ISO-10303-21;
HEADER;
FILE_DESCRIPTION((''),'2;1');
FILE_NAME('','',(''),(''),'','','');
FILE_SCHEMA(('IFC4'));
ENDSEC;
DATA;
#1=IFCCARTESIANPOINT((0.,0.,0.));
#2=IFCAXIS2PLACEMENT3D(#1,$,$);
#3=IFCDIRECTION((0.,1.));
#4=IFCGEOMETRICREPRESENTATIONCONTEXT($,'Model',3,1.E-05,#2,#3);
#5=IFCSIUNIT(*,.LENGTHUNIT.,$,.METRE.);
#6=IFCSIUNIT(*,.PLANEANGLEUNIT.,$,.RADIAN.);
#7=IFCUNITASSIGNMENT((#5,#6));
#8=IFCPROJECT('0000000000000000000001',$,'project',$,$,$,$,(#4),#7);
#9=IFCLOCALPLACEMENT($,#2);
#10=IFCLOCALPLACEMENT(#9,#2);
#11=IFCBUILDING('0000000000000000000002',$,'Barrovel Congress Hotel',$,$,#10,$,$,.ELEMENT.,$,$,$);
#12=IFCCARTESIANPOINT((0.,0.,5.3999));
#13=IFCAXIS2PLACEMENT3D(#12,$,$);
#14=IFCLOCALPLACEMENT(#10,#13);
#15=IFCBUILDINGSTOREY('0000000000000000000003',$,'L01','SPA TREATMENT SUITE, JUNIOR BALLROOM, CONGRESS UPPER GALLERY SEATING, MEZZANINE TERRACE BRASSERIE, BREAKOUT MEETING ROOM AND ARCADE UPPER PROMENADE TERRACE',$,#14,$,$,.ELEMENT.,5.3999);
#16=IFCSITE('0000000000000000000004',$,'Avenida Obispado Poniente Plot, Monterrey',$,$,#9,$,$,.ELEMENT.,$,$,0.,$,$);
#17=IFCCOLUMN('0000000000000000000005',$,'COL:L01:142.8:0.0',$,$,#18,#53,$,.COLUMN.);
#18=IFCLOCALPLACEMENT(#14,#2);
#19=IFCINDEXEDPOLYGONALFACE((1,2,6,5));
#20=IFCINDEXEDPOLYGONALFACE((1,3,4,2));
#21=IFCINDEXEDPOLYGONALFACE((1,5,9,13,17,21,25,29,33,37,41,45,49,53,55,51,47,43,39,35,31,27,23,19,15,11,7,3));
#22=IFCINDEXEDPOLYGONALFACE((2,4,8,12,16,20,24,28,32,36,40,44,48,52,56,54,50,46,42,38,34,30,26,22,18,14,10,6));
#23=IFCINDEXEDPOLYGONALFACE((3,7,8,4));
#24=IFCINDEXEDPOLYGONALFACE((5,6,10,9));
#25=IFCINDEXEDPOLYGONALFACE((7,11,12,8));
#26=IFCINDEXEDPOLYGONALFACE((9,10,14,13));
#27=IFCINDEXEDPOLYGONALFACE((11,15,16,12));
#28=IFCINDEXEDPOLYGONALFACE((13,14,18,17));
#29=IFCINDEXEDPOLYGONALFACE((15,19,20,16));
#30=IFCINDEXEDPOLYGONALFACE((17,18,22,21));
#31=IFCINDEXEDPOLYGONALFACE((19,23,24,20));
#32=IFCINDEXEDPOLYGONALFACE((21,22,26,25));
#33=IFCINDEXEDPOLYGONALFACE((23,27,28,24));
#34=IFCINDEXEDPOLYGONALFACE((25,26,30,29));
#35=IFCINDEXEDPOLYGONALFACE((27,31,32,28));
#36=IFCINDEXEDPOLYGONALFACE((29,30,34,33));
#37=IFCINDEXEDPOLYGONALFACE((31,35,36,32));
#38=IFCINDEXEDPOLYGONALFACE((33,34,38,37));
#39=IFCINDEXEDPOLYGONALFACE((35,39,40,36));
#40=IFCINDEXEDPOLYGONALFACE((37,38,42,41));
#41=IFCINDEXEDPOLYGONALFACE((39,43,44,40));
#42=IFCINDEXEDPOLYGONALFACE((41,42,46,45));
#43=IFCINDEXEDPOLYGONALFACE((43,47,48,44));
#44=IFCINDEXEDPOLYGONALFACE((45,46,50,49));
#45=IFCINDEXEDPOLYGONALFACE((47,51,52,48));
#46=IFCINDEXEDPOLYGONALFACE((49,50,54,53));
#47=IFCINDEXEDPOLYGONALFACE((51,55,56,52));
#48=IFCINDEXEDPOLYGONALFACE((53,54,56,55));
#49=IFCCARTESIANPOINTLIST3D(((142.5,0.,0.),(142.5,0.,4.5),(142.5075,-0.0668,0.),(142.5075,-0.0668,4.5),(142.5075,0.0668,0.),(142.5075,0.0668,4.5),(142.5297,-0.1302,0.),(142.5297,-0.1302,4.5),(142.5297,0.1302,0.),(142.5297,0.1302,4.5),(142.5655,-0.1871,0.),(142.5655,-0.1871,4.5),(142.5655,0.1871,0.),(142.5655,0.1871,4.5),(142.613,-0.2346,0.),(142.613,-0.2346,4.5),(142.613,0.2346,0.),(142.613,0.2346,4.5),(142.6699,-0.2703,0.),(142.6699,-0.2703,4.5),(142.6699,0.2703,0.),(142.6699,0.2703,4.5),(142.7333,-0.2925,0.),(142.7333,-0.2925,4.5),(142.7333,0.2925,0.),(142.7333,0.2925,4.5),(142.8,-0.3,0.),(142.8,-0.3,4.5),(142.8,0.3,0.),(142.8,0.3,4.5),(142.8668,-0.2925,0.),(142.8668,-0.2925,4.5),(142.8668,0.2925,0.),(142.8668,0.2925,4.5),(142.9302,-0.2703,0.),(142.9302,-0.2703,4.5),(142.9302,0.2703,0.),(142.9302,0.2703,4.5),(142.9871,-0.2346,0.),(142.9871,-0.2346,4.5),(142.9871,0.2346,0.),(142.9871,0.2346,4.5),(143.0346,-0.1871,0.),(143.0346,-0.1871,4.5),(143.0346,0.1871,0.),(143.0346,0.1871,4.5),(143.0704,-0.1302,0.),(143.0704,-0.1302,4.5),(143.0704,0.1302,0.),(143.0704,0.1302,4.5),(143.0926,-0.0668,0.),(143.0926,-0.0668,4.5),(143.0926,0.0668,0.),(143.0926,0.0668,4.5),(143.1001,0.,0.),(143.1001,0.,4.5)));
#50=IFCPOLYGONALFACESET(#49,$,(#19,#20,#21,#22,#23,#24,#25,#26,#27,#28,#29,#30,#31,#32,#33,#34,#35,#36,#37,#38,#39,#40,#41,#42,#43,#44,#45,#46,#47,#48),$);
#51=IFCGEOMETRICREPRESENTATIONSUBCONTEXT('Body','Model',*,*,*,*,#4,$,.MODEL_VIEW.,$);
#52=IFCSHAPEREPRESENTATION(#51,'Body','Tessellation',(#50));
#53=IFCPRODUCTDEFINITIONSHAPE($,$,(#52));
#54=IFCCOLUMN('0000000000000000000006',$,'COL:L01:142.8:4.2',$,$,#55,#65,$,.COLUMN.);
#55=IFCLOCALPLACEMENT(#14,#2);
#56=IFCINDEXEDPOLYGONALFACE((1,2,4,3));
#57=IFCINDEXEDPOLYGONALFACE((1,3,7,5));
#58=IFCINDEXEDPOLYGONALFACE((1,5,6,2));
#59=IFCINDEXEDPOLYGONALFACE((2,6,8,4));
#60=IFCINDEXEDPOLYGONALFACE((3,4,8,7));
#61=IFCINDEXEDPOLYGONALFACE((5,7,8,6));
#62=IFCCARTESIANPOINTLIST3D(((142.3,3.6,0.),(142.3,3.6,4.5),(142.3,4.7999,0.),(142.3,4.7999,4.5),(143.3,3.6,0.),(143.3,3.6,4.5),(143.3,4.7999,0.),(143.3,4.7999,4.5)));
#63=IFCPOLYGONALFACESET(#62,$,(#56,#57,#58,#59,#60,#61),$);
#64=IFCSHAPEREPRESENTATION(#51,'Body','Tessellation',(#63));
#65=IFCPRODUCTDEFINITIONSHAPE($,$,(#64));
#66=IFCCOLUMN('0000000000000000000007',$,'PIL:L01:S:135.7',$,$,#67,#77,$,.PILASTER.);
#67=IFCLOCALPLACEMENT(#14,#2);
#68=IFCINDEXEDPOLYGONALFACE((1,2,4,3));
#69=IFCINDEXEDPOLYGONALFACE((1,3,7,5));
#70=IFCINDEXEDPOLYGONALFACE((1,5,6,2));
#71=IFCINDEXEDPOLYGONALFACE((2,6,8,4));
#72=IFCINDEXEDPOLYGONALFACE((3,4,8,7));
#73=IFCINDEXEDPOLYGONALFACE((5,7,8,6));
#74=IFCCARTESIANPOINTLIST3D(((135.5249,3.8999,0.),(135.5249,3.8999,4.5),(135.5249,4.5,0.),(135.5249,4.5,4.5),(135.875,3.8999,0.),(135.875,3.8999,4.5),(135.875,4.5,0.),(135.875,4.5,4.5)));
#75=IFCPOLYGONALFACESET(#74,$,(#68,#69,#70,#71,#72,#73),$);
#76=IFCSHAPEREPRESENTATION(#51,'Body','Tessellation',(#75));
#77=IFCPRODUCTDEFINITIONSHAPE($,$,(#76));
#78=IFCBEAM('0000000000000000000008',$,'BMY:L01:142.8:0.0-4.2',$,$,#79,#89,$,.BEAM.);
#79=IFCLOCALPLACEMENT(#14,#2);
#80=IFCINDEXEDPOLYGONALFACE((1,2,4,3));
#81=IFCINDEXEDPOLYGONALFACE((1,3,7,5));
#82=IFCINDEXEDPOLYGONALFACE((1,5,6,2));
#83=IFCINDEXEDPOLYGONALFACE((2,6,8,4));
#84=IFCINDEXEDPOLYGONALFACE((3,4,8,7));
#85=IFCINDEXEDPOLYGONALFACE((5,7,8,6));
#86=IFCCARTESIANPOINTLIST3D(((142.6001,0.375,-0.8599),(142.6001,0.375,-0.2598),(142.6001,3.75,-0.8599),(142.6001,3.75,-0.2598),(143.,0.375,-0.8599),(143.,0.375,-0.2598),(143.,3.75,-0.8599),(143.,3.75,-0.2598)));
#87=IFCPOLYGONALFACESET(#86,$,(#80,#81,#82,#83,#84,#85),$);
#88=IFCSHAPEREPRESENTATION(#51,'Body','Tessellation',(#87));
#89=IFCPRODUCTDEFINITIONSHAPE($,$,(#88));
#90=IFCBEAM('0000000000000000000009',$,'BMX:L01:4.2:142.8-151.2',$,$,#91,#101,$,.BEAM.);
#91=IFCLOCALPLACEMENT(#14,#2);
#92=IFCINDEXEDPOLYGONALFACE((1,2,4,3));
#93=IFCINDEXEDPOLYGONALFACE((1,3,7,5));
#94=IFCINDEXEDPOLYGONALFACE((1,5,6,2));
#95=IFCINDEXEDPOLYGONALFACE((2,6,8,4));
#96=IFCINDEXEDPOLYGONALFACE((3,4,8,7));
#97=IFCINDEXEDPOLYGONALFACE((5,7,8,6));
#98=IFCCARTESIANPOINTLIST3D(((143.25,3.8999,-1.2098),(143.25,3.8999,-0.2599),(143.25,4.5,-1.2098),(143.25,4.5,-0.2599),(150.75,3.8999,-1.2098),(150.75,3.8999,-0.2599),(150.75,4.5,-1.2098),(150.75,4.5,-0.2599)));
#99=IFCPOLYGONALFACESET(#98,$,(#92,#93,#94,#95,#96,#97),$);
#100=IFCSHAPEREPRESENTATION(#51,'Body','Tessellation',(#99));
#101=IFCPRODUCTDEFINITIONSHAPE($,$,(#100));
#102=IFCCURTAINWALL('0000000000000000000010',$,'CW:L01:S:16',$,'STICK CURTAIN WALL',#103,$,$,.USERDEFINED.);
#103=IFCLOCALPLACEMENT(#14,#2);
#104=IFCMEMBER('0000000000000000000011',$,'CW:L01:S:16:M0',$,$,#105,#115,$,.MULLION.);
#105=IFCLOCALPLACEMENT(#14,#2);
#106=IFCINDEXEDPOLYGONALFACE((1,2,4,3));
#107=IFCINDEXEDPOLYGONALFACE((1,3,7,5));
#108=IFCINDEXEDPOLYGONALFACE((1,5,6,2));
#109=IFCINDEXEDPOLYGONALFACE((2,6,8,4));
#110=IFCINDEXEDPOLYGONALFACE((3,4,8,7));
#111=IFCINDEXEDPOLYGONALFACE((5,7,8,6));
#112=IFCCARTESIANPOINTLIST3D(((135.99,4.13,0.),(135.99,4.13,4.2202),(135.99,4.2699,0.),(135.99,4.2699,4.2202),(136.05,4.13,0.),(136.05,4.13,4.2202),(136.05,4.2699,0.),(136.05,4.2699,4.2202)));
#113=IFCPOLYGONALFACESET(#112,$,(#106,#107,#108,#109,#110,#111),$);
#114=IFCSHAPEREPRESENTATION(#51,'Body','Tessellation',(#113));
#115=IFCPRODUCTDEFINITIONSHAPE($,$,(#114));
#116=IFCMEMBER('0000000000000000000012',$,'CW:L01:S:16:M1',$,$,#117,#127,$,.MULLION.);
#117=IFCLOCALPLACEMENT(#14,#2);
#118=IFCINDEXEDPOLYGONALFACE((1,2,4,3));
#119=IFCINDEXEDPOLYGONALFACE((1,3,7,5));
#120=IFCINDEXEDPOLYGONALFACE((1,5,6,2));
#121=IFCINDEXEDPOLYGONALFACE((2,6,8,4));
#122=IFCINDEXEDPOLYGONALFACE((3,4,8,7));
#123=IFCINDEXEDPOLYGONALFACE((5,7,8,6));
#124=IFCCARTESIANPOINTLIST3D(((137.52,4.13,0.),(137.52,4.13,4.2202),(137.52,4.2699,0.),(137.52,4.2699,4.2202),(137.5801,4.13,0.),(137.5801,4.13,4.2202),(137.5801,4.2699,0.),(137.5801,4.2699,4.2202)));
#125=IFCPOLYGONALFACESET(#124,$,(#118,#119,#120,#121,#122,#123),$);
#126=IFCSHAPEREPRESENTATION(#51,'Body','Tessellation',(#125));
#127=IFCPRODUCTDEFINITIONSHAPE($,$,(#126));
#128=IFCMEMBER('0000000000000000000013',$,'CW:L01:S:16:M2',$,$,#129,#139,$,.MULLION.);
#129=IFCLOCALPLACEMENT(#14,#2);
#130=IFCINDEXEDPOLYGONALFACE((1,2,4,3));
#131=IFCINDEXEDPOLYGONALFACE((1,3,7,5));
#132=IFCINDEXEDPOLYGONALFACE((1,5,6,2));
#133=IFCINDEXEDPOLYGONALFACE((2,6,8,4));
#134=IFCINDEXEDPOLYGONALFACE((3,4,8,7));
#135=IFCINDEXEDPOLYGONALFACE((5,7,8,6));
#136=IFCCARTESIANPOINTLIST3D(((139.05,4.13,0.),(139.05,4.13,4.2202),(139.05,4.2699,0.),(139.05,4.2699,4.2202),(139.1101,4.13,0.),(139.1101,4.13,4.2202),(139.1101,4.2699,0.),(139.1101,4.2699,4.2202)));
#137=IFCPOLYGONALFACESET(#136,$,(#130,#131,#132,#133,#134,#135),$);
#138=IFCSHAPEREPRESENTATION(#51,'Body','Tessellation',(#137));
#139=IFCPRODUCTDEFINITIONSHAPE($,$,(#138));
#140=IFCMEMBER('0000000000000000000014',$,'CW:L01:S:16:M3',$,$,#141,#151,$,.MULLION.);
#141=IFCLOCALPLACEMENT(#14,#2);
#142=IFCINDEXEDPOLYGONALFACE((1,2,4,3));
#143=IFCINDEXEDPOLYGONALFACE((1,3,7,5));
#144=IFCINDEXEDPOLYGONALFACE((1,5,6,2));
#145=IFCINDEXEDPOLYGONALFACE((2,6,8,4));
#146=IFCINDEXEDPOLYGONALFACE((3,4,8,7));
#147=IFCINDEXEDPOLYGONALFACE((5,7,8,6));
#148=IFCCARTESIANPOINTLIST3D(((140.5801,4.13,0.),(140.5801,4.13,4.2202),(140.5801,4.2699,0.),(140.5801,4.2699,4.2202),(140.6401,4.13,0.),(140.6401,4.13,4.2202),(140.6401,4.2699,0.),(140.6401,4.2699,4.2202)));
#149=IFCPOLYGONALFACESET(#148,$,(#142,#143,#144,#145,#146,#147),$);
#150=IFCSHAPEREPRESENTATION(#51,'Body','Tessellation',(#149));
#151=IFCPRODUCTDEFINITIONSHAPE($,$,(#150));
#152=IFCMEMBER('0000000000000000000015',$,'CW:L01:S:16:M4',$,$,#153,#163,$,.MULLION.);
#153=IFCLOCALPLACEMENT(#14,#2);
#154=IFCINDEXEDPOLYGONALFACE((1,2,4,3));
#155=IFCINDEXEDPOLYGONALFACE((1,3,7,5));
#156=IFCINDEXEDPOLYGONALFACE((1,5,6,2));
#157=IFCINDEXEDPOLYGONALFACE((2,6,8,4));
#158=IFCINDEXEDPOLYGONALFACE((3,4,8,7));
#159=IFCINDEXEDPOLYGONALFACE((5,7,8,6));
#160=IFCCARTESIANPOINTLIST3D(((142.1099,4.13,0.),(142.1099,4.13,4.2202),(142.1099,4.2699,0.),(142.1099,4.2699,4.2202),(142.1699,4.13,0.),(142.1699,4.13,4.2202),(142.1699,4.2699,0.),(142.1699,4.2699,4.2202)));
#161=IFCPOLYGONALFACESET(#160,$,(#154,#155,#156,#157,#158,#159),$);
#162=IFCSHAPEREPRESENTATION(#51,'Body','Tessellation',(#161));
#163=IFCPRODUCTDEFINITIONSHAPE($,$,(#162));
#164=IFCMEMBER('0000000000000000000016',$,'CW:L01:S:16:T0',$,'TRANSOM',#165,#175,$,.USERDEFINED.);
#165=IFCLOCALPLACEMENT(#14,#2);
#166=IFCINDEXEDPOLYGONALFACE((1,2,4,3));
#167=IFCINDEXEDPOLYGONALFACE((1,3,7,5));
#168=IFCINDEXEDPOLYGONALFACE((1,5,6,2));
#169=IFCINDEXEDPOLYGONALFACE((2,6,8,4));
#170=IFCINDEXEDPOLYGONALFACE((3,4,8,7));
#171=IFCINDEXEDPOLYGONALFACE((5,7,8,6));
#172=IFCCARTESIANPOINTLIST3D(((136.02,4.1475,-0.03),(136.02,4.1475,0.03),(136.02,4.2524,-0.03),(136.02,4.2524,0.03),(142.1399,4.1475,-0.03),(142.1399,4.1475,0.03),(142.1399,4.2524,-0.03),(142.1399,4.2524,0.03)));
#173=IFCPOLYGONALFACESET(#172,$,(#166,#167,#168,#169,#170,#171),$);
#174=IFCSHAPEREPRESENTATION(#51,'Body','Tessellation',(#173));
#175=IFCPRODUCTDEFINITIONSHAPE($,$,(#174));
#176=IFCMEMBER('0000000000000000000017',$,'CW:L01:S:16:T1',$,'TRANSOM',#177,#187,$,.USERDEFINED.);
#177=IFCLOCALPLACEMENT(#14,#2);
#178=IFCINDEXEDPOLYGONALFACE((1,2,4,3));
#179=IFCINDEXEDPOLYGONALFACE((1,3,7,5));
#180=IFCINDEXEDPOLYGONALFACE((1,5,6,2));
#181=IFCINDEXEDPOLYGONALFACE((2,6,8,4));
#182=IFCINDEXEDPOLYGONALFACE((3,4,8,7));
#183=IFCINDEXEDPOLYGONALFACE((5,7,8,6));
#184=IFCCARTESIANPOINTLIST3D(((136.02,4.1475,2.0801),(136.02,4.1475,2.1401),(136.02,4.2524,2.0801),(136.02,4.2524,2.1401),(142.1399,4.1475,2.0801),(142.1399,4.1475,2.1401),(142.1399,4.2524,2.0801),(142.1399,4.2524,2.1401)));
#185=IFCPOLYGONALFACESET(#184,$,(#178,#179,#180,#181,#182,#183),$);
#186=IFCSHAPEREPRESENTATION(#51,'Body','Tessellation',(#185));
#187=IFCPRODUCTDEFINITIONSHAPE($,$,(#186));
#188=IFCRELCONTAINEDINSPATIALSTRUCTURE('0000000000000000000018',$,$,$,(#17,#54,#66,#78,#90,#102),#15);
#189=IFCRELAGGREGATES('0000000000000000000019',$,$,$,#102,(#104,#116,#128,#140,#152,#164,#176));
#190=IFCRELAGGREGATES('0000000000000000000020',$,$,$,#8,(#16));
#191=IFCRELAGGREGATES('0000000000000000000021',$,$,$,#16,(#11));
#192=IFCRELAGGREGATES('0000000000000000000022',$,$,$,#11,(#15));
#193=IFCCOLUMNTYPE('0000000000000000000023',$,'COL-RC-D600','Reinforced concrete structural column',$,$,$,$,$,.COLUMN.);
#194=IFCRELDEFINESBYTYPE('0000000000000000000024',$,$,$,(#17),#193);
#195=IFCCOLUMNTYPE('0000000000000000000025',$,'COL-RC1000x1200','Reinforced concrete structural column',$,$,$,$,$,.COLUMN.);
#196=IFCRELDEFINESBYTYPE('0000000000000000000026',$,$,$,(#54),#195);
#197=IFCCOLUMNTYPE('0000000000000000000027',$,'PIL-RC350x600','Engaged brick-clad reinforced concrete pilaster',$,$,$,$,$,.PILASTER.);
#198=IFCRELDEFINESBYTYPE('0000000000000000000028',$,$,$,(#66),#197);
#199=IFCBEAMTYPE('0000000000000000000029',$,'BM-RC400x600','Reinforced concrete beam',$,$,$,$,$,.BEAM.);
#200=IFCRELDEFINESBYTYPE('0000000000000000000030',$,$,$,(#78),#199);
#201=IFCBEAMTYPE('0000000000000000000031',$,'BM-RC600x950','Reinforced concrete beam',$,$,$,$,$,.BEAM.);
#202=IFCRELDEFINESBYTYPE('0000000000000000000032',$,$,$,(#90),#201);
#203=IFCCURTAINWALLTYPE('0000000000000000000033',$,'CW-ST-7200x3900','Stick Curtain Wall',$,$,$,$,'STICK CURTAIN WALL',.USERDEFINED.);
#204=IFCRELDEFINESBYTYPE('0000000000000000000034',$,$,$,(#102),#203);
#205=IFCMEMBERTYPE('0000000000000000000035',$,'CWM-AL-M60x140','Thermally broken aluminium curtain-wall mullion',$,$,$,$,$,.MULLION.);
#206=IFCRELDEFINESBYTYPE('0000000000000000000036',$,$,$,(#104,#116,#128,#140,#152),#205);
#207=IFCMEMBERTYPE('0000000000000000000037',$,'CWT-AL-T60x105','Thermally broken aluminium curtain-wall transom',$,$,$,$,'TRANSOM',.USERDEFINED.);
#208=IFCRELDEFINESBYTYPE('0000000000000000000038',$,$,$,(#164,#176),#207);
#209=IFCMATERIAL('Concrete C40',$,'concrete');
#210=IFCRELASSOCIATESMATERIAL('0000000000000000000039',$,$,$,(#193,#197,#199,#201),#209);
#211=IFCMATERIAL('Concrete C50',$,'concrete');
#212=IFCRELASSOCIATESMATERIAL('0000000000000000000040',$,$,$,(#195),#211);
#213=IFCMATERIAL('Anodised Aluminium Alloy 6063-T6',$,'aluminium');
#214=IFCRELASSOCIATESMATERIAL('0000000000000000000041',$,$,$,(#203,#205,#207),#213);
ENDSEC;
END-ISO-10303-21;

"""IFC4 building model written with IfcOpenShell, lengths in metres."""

from ifc_helpers import new_model, si_unit, direction, frame, origin, origin_2d, place, context, subcontext, project, spatial, rectangle, circle, extrude, material, material_profile, profile_set, type_object, element, aggregate, save


model = new_model("IFC4")

# Units and contexts
model_context = context("Model", 3, precision=1e-05, world=origin(), true_north=direction((0.0, 1.0)))
body_context = subcontext(model_context, "Body", "Model", "MODEL_VIEW")
ifc_project = project(units=[si_unit("LENGTHUNIT", "METRE"), si_unit("PLANEANGLEUNIT", "RADIAN")], contexts=[model_context])

# Site, building, storey
site_placement = place(None, origin())
site = spatial("IfcSite", under=ifc_project, at=site_placement, Name="Avenida Obispado Poniente Plot, Monterrey", CompositionType="ELEMENT", RefElevation=0.0)
building_placement = place(site_placement, origin())
building = spatial("IfcBuilding", under=site, at=building_placement, Name="Barrovel Congress Hotel", CompositionType="ELEMENT")
storey_placement = place(building_placement, frame((0.0, 0.0, 5.3999)))
storey = spatial("IfcBuildingStorey", under=building, at=storey_placement, Name="L01", Description="SPA TREATMENT SUITE, JUNIOR BALLROOM, CONGRESS UPPER GALLERY SEATING, MEZZANINE TERRACE BRASSERIE, BREAKOUT MEETING ROOM AND ARCADE UPPER PROMENADE TERRACE", CompositionType="ELEMENT", Elevation=5.3999)

# Columns
ifc_material_1 = material(Name="Concrete C40", Category="concrete")
ifc_material_profile_1 = material_profile(ifc_material_1, circle(Radius=0.3, at=origin_2d()), Name="RC-D600")
ifc_profile_set_1 = profile_set([ifc_material_profile_1], Name="Concrete C40")
column_type_1 = type_object("IfcColumnType", Name="COL-RC-D600", Description="Reinforced concrete structural column", PredefinedType="COLUMN", material=ifc_profile_set_1)
column_1_placement = place(storey_placement, frame((142.8, 0.0, 0.0), z_axis=(0.0, 0.0, 1.0), x_axis=(1.0, 0.0, 0.0)))
element("IfcColumn", 1, at=column_1_placement, inside=storey, type_object=column_type_1, Name="COL:L01:142.8:0.0", PredefinedType="COLUMN", context=body_context, shape_type="SweptSolid", body=[
    extrude(circle(Radius=0.3, at=origin_2d()), origin(), (0.0, 0.0, 1.0), 4.5),
])
ifc_material_2 = material(Name="Concrete C50", Category="concrete")
ifc_material_profile_2 = material_profile(ifc_material_2, rectangle(XDim=1.0, YDim=1.2, at=origin_2d()), Name="RC1000x1200")
ifc_profile_set_2 = profile_set([ifc_material_profile_2], Name="Concrete C50")
column_type_2 = type_object("IfcColumnType", Name="COL-RC1000x1200", Description="Reinforced concrete structural column", PredefinedType="COLUMN", material=ifc_profile_set_2)
column_2_placement = place(storey_placement, frame((142.8, 4.2, 0.0), z_axis=(0.0, 0.0, 1.0), x_axis=(1.0, 0.0, 0.0)))
element("IfcColumn", 2, at=column_2_placement, inside=storey, type_object=column_type_2, Name="COL:L01:142.8:4.2", PredefinedType="COLUMN", context=body_context, shape_type="SweptSolid", body=[
    extrude(rectangle(XDim=1.0, YDim=1.2, at=origin_2d()), origin(), (0.0, 0.0, 1.0), 4.5),
])
ifc_material_profile_3 = material_profile(ifc_material_1, rectangle(XDim=0.3501, YDim=0.6001, at=origin_2d()), Name="RC350x600")
ifc_profile_set_3 = profile_set([ifc_material_profile_3], Name="Concrete C40")
column_type_3 = type_object("IfcColumnType", Name="PIL-RC350x600", Description="Engaged brick-clad reinforced concrete pilaster", PredefinedType="PILASTER", material=ifc_profile_set_3)
column_3_placement = place(storey_placement, frame((135.7, 4.2, 0.0), z_axis=(0.0, 0.0, 1.0), x_axis=(1.0, 0.0, 0.0)))
element("IfcColumn", 3, at=column_3_placement, inside=storey, type_object=column_type_3, Name="PIL:L01:S:135.7", PredefinedType="PILASTER", context=body_context, shape_type="SweptSolid", body=[
    extrude(rectangle(XDim=0.3501, YDim=0.6001, at=origin_2d()), origin(), (0.0, 0.0, 1.0), 4.5),
])

# Beams
ifc_material_profile_4 = material_profile(ifc_material_1, rectangle(XDim=0.3999, YDim=0.6001, at=origin_2d()), Name="RC400x600")
ifc_profile_set_4 = profile_set([ifc_material_profile_4], Name="Concrete C40")
beam_type_1 = type_object("IfcBeamType", Name="BM-RC400x600", Description="Reinforced concrete beam", PredefinedType="BEAM", material=ifc_profile_set_4)
beam_1_placement = place(storey_placement, frame((142.8, 0.375, -0.5598), z_axis=(0.0, 1.0, 0.0), x_axis=(-1.0, 0.0, 0.0)))
element("IfcBeam", 4, at=beam_1_placement, inside=storey, type_object=beam_type_1, Name="BMY:L01:142.8:0.0-4.2", PredefinedType="BEAM", context=body_context, shape_type="SweptSolid", body=[
    extrude(rectangle(XDim=0.3999, YDim=0.6001, at=origin_2d()), origin(), (0.0, 0.0, 1.0), 3.375),
])
ifc_material_profile_5 = material_profile(ifc_material_1, rectangle(XDim=0.6001, YDim=0.95, at=origin_2d()), Name="RC600x950")
ifc_profile_set_5 = profile_set([ifc_material_profile_5], Name="Concrete C40")
beam_type_2 = type_object("IfcBeamType", Name="BM-RC600x950", Description="Reinforced concrete beam", PredefinedType="BEAM", material=ifc_profile_set_5)
beam_2_placement = place(storey_placement, frame((143.25, 4.2, -0.7349), z_axis=(1.0, 0.0, 0.0), x_axis=(0.0, 1.0, 0.0)))
element("IfcBeam", 5, at=beam_2_placement, inside=storey, type_object=beam_type_2, Name="BMX:L01:4.2:142.8-151.2", PredefinedType="BEAM", context=body_context, shape_type="SweptSolid", body=[
    extrude(rectangle(XDim=0.6001, YDim=0.95, at=origin_2d()), origin(), (0.0, 0.0, 1.0), 7.5),
])

# Curtain wall, members
ifc_material_3 = material(Name="Anodised Aluminium Alloy 6063-T6", Category="aluminium")
curtain_wall_type = type_object("IfcCurtainWallType", Name="CW-ST-7200x3900", Description="Stick Curtain Wall", ElementType="STICK CURTAIN WALL", PredefinedType="USERDEFINED", material=ifc_material_3)
curtain_wall_placement = place(storey_placement, origin())
curtain_wall = element("IfcCurtainWall", 6, at=curtain_wall_placement, inside=storey, type_object=curtain_wall_type, Name="CW:L01:S:16", ObjectType="STICK CURTAIN WALL", PredefinedType="USERDEFINED")
ifc_material_profile_6 = material_profile(ifc_material_3, rectangle(XDim=0.0601, YDim=0.1399, at=origin_2d()), Name="AL-M60x140")
ifc_profile_set_6 = profile_set([ifc_material_profile_6], Name="Anodised Aluminium Alloy 6063-T6")
member_type_1 = type_object("IfcMemberType", Name="CWM-AL-M60x140", Description="Thermally broken aluminium curtain-wall mullion", PredefinedType="MULLION", material=ifc_profile_set_6)
member_1_placement = place(storey_placement, frame((136.02, 4.2, 0.0), z_axis=(0.0, 0.0, 1.0), x_axis=(1.0, 0.0, 0.0)))
member_1 = element("IfcMember", 7, at=member_1_placement, type_object=member_type_1, Name="CW:L01:S:16:M0", PredefinedType="MULLION", context=body_context, shape_type="SweptSolid", body=[
    extrude(rectangle(XDim=0.0601, YDim=0.1399, at=origin_2d()), origin(), (0.0, 0.0, 1.0), 4.2202),
])
member_2_placement = place(storey_placement, frame((137.55, 4.2, 0.0), z_axis=(0.0, 0.0, 1.0), x_axis=(1.0, 0.0, 0.0)))
member_2 = element("IfcMember", 8, at=member_2_placement, type_object=member_type_1, Name="CW:L01:S:16:M1", PredefinedType="MULLION", context=body_context, shape_type="SweptSolid", body=[
    extrude(rectangle(XDim=0.0601, YDim=0.1399, at=origin_2d()), origin(), (0.0, 0.0, 1.0), 4.2202),
])
member_3_placement = place(storey_placement, frame((139.0801, 4.2, 0.0), z_axis=(0.0, 0.0, 1.0), x_axis=(1.0, 0.0, 0.0)))
member_3 = element("IfcMember", 9, at=member_3_placement, type_object=member_type_1, Name="CW:L01:S:16:M2", PredefinedType="MULLION", context=body_context, shape_type="SweptSolid", body=[
    extrude(rectangle(XDim=0.0601, YDim=0.1399, at=origin_2d()), origin(), (0.0, 0.0, 1.0), 4.2202),
])
member_4_placement = place(storey_placement, frame((140.6101, 4.2, 0.0), z_axis=(0.0, 0.0, 1.0), x_axis=(1.0, 0.0, 0.0)))
member_4 = element("IfcMember", 10, at=member_4_placement, type_object=member_type_1, Name="CW:L01:S:16:M3", PredefinedType="MULLION", context=body_context, shape_type="SweptSolid", body=[
    extrude(rectangle(XDim=0.0601, YDim=0.1399, at=origin_2d()), origin(), (0.0, 0.0, 1.0), 4.2202),
])
member_5_placement = place(storey_placement, frame((142.1399, 4.2, 0.0), z_axis=(0.0, 0.0, 1.0), x_axis=(1.0, 0.0, 0.0)))
member_5 = element("IfcMember", 11, at=member_5_placement, type_object=member_type_1, Name="CW:L01:S:16:M4", PredefinedType="MULLION", context=body_context, shape_type="SweptSolid", body=[
    extrude(rectangle(XDim=0.0601, YDim=0.1399, at=origin_2d()), origin(), (0.0, 0.0, 1.0), 4.2202),
])
ifc_material_profile_7 = material_profile(ifc_material_3, rectangle(XDim=0.105, YDim=0.0601, at=origin_2d()), Name="AL-T60x105")
ifc_profile_set_7 = profile_set([ifc_material_profile_7], Name="Anodised Aluminium Alloy 6063-T6")
member_type_2 = type_object("IfcMemberType", Name="CWT-AL-T60x105", Description="Thermally broken aluminium curtain-wall transom", ElementType="TRANSOM", PredefinedType="USERDEFINED", material=ifc_profile_set_7)
member_6_placement = place(storey_placement, frame((136.02, 4.2, 0.0), z_axis=(1.0, 0.0, 0.0), x_axis=(0.0, 1.0, 0.0)))
member_6 = element("IfcMember", 12, at=member_6_placement, type_object=member_type_2, Name="CW:L01:S:16:T0", ObjectType="TRANSOM", PredefinedType="USERDEFINED", context=body_context, shape_type="SweptSolid", body=[
    extrude(rectangle(XDim=0.105, YDim=0.0601, at=origin_2d()), origin(), (0.0, 0.0, 1.0), 6.1199),
])
member_7_placement = place(storey_placement, frame((136.02, 4.2, 2.1101), z_axis=(1.0, 0.0, 0.0), x_axis=(0.0, 1.0, 0.0)))
member_7 = element("IfcMember", 13, at=member_7_placement, type_object=member_type_2, Name="CW:L01:S:16:T1", ObjectType="TRANSOM", PredefinedType="USERDEFINED", context=body_context, shape_type="SweptSolid", body=[
    extrude(rectangle(XDim=0.105, YDim=0.0601, at=origin_2d()), origin(), (0.0, 0.0, 1.0), 6.1199),
])

aggregate(curtain_wall, [member_1, member_2, member_3, member_4, member_5, member_6, member_7])

save(model, "model.ifc")
